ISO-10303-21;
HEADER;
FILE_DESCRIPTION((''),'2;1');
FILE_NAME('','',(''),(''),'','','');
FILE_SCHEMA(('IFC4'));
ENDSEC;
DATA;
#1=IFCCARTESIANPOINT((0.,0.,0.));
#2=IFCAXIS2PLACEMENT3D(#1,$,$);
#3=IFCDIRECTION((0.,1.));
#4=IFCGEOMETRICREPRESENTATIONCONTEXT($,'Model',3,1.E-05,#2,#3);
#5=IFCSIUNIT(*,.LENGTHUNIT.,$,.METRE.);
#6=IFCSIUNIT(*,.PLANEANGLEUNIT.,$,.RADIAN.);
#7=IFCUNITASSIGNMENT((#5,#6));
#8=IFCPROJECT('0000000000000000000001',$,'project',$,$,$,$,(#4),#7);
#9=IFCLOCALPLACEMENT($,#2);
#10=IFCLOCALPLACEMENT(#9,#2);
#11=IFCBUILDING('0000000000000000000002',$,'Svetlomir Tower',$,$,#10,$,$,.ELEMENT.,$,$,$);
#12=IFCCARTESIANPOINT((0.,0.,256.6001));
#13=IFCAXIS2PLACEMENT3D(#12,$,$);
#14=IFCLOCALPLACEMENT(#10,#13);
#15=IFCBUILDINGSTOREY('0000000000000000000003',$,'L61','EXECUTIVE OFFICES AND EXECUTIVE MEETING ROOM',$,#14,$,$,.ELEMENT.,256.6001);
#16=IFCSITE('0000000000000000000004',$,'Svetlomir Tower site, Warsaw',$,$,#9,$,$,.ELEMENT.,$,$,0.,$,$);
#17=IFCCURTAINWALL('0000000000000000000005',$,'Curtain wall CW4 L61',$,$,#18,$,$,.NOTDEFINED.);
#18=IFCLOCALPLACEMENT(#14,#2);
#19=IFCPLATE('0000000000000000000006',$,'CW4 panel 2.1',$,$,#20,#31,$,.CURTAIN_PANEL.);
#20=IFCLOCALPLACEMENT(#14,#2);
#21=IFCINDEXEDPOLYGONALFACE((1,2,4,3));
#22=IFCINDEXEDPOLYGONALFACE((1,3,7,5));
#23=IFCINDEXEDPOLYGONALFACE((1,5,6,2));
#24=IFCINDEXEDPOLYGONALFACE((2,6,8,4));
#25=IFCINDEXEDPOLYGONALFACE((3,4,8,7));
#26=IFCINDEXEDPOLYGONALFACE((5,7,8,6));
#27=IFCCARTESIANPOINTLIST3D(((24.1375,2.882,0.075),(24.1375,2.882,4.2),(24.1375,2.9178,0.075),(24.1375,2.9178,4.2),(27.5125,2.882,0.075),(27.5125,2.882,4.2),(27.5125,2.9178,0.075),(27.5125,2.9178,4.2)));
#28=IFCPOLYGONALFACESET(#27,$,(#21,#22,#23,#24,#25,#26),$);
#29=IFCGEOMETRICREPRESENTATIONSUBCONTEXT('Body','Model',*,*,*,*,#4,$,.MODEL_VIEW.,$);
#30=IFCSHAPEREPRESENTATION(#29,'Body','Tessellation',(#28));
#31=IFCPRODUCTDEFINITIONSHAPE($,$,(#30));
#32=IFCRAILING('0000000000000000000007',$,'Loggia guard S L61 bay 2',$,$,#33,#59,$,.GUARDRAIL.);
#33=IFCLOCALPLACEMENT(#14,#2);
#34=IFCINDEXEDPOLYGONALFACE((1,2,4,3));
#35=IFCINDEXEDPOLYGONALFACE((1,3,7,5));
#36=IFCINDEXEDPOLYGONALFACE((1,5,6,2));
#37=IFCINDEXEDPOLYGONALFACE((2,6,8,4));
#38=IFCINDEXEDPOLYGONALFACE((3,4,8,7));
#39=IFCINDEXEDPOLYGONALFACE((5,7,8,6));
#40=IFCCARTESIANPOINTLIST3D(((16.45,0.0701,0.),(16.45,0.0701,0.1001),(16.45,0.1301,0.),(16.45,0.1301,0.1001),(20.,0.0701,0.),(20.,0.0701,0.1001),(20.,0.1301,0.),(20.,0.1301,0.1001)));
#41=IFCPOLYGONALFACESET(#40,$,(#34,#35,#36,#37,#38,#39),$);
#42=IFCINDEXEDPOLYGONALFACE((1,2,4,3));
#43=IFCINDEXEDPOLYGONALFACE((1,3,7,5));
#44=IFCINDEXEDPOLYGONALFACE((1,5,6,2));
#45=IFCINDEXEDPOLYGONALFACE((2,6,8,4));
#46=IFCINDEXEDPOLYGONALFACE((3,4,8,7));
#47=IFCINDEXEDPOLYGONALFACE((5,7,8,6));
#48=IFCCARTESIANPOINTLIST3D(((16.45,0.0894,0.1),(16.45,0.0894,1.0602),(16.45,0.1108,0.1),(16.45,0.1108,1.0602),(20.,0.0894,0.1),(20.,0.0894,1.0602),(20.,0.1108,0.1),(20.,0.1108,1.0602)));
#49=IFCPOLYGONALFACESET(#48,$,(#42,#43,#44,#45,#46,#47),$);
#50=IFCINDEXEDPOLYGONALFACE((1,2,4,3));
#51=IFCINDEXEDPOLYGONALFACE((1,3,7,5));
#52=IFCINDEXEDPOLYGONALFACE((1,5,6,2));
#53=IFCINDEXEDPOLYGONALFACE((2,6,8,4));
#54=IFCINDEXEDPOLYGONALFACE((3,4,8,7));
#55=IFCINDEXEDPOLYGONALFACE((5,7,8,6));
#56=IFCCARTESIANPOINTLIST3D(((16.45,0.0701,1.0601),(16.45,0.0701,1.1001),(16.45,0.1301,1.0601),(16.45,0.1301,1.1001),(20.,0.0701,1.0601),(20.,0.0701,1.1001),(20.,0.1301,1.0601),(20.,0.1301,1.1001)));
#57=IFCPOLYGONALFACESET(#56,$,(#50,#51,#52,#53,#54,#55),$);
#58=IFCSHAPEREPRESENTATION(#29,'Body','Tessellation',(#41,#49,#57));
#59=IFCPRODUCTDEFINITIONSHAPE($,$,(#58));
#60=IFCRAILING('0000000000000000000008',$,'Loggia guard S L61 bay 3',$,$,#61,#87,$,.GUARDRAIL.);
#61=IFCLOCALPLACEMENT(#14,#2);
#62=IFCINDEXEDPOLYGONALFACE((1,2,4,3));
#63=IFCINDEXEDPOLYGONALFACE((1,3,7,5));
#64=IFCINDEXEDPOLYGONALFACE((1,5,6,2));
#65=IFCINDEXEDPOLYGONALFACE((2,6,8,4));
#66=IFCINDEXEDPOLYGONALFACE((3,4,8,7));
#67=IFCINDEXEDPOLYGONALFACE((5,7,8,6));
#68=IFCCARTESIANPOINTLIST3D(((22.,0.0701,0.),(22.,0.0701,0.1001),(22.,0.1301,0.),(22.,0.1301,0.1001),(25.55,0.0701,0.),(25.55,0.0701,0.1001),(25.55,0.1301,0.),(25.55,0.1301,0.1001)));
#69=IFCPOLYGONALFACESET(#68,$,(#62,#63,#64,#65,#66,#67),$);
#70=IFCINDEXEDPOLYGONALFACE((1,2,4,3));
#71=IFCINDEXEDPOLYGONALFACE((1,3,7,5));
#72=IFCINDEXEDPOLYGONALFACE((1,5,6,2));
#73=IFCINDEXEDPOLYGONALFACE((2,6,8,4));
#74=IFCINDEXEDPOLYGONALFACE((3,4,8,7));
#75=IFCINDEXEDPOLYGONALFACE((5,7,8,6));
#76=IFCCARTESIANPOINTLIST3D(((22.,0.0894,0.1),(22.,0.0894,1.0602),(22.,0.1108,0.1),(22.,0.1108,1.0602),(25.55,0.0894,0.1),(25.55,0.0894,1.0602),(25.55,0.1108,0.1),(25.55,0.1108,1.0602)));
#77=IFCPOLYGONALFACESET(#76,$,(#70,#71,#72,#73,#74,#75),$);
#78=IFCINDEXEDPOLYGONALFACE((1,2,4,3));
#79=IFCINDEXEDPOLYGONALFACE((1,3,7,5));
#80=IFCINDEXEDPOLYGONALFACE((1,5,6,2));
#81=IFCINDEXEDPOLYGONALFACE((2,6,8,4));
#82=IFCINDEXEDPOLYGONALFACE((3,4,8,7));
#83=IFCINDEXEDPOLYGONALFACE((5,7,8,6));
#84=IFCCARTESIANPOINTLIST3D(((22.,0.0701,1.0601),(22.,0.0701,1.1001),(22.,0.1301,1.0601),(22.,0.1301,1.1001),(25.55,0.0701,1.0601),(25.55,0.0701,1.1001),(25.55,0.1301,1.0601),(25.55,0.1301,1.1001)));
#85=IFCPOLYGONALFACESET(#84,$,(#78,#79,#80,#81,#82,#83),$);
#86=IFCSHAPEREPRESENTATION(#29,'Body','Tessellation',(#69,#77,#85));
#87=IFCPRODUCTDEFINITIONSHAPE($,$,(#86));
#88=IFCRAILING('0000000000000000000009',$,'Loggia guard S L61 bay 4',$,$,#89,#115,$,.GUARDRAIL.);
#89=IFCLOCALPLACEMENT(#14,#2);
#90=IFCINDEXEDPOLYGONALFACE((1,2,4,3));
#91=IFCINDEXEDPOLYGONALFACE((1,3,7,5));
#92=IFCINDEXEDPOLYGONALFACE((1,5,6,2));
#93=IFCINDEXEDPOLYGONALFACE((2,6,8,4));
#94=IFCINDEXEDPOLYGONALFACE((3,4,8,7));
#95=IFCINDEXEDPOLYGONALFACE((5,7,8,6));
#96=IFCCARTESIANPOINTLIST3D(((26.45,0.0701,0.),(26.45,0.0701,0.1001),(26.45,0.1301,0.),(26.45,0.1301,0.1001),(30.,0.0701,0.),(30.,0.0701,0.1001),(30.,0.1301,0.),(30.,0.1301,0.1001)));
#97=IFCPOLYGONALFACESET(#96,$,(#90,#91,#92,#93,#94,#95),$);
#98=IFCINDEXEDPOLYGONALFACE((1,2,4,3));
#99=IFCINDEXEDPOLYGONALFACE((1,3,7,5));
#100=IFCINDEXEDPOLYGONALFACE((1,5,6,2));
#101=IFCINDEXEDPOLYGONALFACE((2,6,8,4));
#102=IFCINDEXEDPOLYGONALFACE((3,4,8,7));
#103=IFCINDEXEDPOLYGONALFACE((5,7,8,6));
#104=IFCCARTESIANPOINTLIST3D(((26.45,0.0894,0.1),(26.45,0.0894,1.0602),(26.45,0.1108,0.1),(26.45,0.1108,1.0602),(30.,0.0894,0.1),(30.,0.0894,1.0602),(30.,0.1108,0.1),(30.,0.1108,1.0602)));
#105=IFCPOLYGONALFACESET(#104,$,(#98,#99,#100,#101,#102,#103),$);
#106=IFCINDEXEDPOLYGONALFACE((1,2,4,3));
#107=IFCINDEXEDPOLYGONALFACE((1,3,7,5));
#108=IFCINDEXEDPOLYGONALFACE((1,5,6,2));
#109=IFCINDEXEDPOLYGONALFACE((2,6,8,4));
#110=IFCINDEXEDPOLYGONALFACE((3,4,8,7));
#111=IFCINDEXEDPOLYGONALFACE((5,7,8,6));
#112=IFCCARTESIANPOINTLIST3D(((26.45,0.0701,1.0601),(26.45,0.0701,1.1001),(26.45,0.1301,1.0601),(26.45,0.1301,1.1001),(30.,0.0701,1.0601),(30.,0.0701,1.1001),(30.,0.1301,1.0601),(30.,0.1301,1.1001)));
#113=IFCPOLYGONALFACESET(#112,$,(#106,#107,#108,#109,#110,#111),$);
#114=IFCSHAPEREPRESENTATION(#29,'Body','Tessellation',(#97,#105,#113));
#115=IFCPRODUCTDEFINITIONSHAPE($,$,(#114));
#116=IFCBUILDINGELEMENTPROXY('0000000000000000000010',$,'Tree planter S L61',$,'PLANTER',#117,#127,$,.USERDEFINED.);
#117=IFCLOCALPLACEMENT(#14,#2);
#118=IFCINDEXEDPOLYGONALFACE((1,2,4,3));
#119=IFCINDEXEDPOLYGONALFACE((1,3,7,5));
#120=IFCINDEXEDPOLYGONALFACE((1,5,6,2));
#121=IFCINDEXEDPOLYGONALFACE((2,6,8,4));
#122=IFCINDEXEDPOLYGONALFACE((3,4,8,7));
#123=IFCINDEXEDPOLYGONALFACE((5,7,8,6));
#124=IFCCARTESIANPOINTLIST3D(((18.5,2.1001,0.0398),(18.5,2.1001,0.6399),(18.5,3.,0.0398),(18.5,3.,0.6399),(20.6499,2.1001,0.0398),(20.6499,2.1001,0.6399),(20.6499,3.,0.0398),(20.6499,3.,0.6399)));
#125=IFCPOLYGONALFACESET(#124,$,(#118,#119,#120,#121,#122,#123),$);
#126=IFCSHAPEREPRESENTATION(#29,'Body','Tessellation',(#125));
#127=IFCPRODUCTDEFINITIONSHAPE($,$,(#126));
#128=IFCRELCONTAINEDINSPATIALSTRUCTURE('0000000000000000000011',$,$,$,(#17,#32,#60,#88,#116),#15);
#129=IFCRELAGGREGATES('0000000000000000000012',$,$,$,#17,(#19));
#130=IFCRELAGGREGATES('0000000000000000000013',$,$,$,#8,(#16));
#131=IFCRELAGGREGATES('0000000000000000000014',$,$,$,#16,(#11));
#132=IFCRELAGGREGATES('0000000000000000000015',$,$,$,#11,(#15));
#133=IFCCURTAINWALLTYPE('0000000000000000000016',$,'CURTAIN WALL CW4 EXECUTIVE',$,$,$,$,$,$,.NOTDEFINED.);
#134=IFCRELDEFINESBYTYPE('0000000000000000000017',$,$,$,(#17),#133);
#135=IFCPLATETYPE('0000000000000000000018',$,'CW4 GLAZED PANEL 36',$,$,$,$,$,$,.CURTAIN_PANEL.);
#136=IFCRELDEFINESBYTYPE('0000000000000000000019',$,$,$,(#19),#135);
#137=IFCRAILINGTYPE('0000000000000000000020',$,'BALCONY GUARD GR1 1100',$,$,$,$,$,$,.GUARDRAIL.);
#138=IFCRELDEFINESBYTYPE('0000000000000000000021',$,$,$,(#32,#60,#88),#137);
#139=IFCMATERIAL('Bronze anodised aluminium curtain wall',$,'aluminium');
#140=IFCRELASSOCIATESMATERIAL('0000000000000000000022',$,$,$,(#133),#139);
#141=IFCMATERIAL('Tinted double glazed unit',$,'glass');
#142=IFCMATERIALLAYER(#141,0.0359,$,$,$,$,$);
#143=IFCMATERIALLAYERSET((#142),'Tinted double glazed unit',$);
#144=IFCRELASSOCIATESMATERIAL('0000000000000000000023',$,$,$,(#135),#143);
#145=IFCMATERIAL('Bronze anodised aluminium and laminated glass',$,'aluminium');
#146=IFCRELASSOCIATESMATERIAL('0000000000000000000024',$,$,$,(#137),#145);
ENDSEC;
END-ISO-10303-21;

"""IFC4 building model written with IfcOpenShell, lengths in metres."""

from ifc_helpers import new_model, si_unit, direction, frame, origin, origin_2d, place, context, subcontext, project, spatial, rectangle, extrude, material, layer, layer_set, type_object, element, aggregate, save


model = new_model("IFC4")

# Units and contexts
model_context = context("Model", 3, precision=1e-05, world=origin(), true_north=direction((0.0, 1.0)))
body_context = subcontext(model_context, "Body", "Model", "MODEL_VIEW")
ifc_project = project(units=[si_unit("LENGTHUNIT", "METRE"), si_unit("PLANEANGLEUNIT", "RADIAN")], contexts=[model_context])

# Site, building, storey
site_placement = place(None, origin())
site = spatial("IfcSite", under=ifc_project, at=site_placement, Name="Svetlomir Tower site, Warsaw", CompositionType="ELEMENT", RefElevation=0.0)
building_placement = place(site_placement, origin())
building = spatial("IfcBuilding", under=site, at=building_placement, Name="Svetlomir Tower", CompositionType="ELEMENT")
storey_placement = place(building_placement, frame((0.0, 0.0, 256.6001)))
storey = spatial("IfcBuildingStorey", under=building, at=storey_placement, Name="L61", Description="EXECUTIVE OFFICES AND EXECUTIVE MEETING ROOM", CompositionType="ELEMENT", Elevation=256.6001)

# Curtain wall
ifc_material_1 = material(Name="Bronze anodised aluminium curtain wall", Category="aluminium")
curtain_wall_type = type_object("IfcCurtainWallType", Name="CURTAIN WALL CW4 EXECUTIVE", PredefinedType="NOTDEFINED", material=ifc_material_1)
curtain_wall_1_placement = place(storey_placement, origin())
curtain_wall_1 = element("IfcCurtainWall", 1, at=curtain_wall_1_placement, inside=storey, type_object=curtain_wall_type, Name="Curtain wall CW4 L61", PredefinedType="NOTDEFINED")

# Plate
ifc_material_2 = material(Name="Tinted double glazed unit", Category="glass")
ifc_layer_1 = layer(ifc_material_2, 0.0359)
ifc_layer_set_1 = layer_set([ifc_layer_1], Name="Tinted double glazed unit")
plate_type = type_object("IfcPlateType", Name="CW4 GLAZED PANEL 36", PredefinedType="CURTAIN_PANEL", material=ifc_layer_set_1)
plate_1_placement = place(storey_placement, frame((25.825, 2.8999, 0.075), z_axis=(0.0, 0.0, 1.0), x_axis=(1.0, 0.0, 0.0)))
plate_1 = element("IfcPlate", 2, at=plate_1_placement, type_object=plate_type, Name="CW4 panel 2.1", PredefinedType="CURTAIN_PANEL", context=body_context, shape_type="SweptSolid", body=[
    extrude(rectangle(XDim=3.375, YDim=0.0359, at=origin_2d()), origin(), (0.0, 0.0, 1.0), 4.125),
])
aggregate(curtain_wall_1, [plate_1])

# Railings
ifc_material_3 = material(Name="Bronze anodised aluminium and laminated glass", Category="aluminium")
railing_type = type_object("IfcRailingType", Name="BALCONY GUARD GR1 1100", PredefinedType="GUARDRAIL", material=ifc_material_3)
for number, where, name in (
    (3, (16.45, 0.1001, 0.0), "Loggia guard S L61 bay 2"),
    (4, (22.0, 0.1001, 0.0), "Loggia guard S L61 bay 3"),
    (5, (26.45, 0.1001, 0.0), "Loggia guard S L61 bay 4"),
):
    element("IfcRailing", number, at=place(storey_placement, frame(where)), inside=storey, type_object=railing_type, Name=name, PredefinedType="GUARDRAIL", context=body_context, shape_type="SweptSolid", body=[
        extrude(rectangle(XDim=0.0601, YDim=0.1001, at=origin_2d()), frame((0.0, 0.0, 0.05), z_axis=(1.0, 0.0, 0.0), x_axis=(0.0, 1.0, 0.0)), (0.0, 0.0, 1.0), 3.55),
        extrude(rectangle(XDim=0.0215, YDim=0.9602, at=origin_2d()), frame((0.0, 0.0, 0.5801), z_axis=(1.0, 0.0, 0.0), x_axis=(0.0, 1.0, 0.0)), (0.0, 0.0, 1.0), 3.55),
        extrude(rectangle(XDim=0.0601, YDim=0.04, at=origin_2d()), frame((0.0, 0.0, 1.0801), z_axis=(1.0, 0.0, 0.0), x_axis=(0.0, 1.0, 0.0)), (0.0, 0.0, 1.0), 3.55),
    ])

# Building element proxy
proxy_placement = place(storey_placement, frame((19.575, 2.55, 0.0398), z_axis=(0.0, 0.0, 1.0), x_axis=(1.0, 0.0, 0.0)))
element("IfcBuildingElementProxy", 6, at=proxy_placement, inside=storey, Name="Tree planter S L61", ObjectType="PLANTER", PredefinedType="USERDEFINED", context=body_context, shape_type="SweptSolid", body=[
    extrude(rectangle(XDim=2.1499, YDim=0.8999, at=origin_2d()), origin(), (0.0, 0.0, 1.0), 0.6001),
])

save(model, "model.ifc")
